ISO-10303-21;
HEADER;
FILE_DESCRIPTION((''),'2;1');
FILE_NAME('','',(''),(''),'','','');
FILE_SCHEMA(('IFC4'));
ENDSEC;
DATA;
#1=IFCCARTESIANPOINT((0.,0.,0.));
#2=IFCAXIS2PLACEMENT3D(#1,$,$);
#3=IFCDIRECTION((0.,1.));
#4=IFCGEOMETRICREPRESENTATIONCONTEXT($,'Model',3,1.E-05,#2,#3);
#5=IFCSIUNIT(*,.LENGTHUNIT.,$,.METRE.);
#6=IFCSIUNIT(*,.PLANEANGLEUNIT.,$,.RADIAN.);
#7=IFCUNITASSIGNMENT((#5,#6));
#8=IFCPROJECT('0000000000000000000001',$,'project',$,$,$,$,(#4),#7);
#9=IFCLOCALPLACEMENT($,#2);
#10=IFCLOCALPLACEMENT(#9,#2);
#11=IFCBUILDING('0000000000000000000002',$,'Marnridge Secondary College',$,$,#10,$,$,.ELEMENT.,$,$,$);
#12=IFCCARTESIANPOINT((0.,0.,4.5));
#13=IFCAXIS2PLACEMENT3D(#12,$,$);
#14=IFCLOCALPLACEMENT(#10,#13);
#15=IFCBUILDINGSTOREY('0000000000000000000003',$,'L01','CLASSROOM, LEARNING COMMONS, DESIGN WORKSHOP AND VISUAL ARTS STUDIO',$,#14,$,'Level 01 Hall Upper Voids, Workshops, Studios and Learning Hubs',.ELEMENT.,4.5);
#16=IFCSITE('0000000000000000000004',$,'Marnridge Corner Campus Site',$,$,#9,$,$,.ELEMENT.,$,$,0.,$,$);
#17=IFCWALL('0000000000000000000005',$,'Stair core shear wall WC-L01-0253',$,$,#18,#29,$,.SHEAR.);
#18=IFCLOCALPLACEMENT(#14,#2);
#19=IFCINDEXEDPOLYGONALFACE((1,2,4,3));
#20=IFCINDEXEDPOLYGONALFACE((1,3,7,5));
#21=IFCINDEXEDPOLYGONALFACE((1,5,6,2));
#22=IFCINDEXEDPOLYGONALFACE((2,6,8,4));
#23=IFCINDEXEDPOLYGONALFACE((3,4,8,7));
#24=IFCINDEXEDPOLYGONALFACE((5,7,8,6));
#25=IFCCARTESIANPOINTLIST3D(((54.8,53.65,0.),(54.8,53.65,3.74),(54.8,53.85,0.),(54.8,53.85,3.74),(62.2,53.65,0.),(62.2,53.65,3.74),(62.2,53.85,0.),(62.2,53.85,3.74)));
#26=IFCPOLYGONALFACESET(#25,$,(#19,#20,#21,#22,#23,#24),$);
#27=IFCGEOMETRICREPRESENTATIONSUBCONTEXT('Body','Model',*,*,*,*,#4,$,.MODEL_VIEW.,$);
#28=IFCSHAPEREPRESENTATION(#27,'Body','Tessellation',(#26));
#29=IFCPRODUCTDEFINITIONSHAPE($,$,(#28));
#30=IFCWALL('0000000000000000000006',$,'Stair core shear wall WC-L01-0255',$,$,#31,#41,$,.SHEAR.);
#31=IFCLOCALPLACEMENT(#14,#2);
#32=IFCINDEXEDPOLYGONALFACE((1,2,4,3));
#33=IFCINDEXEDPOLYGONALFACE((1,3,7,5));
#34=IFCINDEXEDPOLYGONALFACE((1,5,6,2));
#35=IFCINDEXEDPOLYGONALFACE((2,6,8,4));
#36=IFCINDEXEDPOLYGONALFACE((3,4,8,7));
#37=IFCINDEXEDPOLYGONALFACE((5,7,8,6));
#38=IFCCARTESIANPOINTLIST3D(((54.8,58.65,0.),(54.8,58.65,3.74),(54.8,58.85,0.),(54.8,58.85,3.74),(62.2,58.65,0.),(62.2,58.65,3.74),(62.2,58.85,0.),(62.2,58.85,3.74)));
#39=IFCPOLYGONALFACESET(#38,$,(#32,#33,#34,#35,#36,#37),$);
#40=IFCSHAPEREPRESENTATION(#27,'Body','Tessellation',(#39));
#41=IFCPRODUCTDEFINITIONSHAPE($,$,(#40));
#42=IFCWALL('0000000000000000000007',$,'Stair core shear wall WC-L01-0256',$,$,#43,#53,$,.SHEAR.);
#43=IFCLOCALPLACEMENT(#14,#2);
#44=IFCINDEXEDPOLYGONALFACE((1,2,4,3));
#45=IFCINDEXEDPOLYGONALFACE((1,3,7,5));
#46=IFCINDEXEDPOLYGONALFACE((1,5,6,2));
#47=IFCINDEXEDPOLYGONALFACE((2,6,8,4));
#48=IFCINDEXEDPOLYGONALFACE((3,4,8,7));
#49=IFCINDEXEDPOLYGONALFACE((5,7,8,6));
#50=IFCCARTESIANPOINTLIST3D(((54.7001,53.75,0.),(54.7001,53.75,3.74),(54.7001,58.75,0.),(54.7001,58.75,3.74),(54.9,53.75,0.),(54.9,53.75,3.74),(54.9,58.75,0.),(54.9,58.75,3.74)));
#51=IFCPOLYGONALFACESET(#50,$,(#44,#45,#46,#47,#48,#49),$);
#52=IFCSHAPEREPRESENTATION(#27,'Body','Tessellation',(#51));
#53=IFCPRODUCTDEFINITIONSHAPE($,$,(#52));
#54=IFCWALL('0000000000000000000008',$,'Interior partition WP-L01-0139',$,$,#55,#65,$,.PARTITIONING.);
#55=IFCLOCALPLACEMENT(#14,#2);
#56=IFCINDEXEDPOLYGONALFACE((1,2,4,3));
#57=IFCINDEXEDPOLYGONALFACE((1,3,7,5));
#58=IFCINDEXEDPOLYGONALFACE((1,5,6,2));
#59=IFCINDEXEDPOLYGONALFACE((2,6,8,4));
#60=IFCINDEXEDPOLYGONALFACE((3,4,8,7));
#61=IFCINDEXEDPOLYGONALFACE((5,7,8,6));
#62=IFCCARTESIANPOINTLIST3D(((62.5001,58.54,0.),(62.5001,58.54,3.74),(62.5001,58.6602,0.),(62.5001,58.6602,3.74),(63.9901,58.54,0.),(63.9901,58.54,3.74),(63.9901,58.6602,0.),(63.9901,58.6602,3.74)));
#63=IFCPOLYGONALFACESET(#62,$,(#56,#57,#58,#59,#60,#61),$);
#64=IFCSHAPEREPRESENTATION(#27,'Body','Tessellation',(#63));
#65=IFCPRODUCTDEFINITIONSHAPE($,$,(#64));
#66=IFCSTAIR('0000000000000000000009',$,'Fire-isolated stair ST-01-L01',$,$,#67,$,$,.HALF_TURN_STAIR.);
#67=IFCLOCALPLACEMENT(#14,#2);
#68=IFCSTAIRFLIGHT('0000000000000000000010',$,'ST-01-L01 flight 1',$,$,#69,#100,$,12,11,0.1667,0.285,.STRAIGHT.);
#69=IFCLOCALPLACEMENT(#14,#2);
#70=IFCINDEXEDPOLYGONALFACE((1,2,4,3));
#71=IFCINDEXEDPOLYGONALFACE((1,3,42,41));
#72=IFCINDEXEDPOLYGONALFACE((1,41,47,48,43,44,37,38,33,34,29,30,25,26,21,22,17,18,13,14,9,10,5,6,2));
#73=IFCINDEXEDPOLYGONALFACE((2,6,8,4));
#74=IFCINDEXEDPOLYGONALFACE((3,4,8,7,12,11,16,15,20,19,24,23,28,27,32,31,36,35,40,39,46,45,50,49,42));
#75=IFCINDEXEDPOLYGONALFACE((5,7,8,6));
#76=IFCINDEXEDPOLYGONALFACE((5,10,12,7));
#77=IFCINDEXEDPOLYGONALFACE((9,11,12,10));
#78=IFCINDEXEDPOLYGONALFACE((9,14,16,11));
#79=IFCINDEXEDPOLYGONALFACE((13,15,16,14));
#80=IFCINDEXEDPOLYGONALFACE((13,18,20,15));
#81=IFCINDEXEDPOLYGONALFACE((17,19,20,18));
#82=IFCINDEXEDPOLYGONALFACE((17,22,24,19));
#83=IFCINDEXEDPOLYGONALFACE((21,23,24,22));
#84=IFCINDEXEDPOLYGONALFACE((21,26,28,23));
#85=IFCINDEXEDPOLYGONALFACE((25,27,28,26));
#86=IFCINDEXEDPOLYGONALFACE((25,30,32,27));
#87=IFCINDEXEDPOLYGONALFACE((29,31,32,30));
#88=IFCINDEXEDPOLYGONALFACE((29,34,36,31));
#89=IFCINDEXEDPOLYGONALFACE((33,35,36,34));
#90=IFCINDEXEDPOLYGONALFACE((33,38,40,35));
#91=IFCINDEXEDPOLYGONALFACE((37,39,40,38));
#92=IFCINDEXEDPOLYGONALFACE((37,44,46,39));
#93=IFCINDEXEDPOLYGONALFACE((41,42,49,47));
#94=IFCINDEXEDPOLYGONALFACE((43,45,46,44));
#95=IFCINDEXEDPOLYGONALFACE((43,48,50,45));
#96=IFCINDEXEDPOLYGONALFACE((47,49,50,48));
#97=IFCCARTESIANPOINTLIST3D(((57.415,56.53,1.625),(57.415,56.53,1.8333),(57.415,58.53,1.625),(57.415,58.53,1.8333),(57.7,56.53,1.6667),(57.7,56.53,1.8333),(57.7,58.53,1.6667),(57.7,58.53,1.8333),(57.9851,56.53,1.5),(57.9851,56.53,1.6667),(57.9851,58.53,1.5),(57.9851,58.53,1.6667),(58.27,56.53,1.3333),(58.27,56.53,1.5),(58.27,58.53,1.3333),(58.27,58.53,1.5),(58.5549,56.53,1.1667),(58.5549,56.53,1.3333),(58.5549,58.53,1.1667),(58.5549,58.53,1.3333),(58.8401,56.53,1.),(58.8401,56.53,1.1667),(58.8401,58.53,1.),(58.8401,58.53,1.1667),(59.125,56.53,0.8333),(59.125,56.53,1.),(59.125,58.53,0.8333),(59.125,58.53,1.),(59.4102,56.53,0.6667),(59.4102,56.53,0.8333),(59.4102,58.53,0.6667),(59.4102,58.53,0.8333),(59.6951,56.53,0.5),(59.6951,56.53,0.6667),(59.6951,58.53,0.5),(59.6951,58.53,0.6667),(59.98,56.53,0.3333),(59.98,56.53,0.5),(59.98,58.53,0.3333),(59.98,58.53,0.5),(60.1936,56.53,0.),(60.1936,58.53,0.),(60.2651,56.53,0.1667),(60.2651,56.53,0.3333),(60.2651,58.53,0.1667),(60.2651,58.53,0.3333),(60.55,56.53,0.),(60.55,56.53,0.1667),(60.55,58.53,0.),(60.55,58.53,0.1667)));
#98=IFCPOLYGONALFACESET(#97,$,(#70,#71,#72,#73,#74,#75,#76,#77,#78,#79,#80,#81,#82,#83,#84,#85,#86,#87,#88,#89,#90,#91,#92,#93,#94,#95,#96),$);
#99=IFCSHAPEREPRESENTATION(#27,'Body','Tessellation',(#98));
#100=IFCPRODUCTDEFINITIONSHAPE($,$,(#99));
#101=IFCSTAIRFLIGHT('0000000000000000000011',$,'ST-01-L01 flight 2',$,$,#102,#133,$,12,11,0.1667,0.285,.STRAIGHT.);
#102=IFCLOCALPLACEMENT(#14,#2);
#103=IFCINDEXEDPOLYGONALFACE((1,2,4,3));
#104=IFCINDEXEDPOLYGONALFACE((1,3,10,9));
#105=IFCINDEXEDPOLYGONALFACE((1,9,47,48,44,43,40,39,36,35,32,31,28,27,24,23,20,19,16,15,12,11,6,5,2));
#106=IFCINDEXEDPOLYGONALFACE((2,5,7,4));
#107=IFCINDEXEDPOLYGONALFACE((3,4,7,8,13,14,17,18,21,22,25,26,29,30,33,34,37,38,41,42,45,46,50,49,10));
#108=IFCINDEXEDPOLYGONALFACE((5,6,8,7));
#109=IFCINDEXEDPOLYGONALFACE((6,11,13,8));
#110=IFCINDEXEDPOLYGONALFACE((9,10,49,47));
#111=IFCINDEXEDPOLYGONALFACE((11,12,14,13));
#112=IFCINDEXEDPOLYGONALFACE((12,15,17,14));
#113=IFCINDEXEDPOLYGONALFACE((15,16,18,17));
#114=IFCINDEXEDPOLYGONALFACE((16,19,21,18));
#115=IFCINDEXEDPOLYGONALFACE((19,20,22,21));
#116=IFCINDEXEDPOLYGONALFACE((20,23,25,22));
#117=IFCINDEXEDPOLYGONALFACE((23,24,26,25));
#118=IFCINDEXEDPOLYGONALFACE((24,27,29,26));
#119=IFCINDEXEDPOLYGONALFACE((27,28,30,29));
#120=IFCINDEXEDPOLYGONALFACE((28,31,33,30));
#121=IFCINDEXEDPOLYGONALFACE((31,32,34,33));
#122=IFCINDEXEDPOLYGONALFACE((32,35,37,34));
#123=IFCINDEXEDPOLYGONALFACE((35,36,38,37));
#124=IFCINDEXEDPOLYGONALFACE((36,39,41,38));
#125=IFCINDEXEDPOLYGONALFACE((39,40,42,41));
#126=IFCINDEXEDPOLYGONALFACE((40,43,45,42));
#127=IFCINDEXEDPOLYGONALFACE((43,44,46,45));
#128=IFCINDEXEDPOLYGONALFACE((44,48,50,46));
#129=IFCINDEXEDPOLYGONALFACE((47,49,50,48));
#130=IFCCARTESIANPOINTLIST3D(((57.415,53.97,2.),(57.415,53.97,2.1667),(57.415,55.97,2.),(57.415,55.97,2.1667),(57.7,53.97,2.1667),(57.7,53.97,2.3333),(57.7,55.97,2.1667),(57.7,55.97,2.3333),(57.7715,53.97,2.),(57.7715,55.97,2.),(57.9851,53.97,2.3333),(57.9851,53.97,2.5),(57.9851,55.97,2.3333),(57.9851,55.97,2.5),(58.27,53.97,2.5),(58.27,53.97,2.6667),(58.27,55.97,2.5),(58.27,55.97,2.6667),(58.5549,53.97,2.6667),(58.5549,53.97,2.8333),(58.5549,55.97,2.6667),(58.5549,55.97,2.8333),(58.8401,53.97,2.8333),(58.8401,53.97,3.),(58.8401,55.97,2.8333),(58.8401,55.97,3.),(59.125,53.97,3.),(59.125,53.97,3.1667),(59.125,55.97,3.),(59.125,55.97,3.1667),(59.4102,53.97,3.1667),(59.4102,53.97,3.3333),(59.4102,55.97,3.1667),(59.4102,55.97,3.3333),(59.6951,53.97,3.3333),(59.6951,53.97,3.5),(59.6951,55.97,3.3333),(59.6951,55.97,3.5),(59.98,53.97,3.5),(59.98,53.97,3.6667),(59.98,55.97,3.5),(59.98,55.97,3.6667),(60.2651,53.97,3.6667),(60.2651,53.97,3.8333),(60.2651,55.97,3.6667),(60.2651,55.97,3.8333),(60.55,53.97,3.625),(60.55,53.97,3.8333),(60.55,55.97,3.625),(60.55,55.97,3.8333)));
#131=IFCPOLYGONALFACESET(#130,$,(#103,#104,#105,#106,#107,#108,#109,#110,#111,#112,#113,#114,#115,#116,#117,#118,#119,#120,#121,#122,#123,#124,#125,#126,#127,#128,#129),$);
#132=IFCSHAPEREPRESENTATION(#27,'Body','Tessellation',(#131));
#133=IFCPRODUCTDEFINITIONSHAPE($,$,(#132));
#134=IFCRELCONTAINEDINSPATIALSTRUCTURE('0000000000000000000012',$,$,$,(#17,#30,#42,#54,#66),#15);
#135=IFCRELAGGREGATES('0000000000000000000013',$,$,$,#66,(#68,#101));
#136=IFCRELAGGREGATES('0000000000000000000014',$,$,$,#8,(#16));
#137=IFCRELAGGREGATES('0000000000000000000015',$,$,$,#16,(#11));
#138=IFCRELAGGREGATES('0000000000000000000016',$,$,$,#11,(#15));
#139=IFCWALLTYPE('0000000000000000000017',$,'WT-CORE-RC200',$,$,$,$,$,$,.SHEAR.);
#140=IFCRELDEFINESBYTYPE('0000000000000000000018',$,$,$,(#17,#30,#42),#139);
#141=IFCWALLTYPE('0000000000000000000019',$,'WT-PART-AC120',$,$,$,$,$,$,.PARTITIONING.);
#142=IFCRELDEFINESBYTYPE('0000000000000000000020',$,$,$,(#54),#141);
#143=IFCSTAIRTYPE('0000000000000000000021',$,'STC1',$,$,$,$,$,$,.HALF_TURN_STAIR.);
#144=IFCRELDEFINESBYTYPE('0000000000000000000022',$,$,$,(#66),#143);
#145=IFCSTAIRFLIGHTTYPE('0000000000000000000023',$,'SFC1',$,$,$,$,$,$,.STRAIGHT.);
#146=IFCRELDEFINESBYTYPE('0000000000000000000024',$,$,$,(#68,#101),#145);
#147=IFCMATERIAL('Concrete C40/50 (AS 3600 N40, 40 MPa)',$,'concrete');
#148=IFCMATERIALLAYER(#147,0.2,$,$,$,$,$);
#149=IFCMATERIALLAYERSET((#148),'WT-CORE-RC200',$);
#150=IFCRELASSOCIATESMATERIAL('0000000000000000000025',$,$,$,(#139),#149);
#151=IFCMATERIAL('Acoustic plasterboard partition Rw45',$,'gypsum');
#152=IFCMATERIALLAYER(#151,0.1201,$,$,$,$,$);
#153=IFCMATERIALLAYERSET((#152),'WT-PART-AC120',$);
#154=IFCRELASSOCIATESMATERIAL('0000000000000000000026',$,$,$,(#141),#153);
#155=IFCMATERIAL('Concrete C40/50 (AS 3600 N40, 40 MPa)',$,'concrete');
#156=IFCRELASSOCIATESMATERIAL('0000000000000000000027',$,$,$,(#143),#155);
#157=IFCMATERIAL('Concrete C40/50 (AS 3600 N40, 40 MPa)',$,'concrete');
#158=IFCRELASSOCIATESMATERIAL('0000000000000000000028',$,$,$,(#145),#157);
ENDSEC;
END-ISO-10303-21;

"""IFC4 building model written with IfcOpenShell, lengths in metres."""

from ifc_helpers import new_model, si_unit, direction, frame, frame_2d, origin, place, context, subcontext, project, spatial, polyline, rectangle, outline, extrude, material, layer, layer_set, type_object, element, aggregate, save


model = new_model("IFC4")

# Units and contexts
model_context = context("Model", 3, precision=1e-05, world=origin(), true_north=direction((0.0, 1.0)))
body_context = subcontext(model_context, "Body", "Model", "MODEL_VIEW")
ifc_project = project(units=[si_unit("LENGTHUNIT", "METRE"), si_unit("PLANEANGLEUNIT", "RADIAN")], contexts=[model_context])

# Site, building, storey
site_placement = place(None, origin())
site = spatial("IfcSite", under=ifc_project, at=site_placement, Name="Marnridge Corner Campus Site", CompositionType="ELEMENT", RefElevation=0.0)
building_placement = place(site_placement, origin())
building = spatial("IfcBuilding", under=site, at=building_placement, Name="Marnridge Secondary College", CompositionType="ELEMENT")
storey_placement = place(building_placement, frame((0.0, 0.0, 4.5)))
storey = spatial("IfcBuildingStorey", under=building, at=storey_placement, Name="L01", Description="CLASSROOM, LEARNING COMMONS, DESIGN WORKSHOP AND VISUAL ARTS STUDIO", LongName="Level 01 Hall Upper Voids, Workshops, Studios and Learning Hubs", CompositionType="ELEMENT", Elevation=4.5)

# Wall
ifc_material_1 = material(Name="Concrete C40/50 (AS 3600 N40, 40 MPa)", Category="concrete")
ifc_layer_1 = layer(ifc_material_1, 0.2)
ifc_layer_set_1 = layer_set([ifc_layer_1], Name="WT-CORE-RC200")
wall_type_1 = type_object("IfcWallType", Name="WT-CORE-RC200", PredefinedType="SHEAR", material=ifc_layer_set_1)
wall_1_placement = place(storey_placement, frame((54.8, 53.75, 0.0), z_axis=(0.0, 0.0, 1.0), x_axis=(1.0, 0.0, 0.0)))
element("IfcWall", 1, at=wall_1_placement, inside=storey, type_object=wall_type_1, Name="Stair core shear wall WC-L01-0253", PredefinedType="SHEAR", context=body_context, shape_type="SweptSolid", body=[
    extrude(rectangle(XDim=7.3999, YDim=0.2, at=frame_2d((3.7, 0.0))), origin(), (0.0, 0.0, 1.0), 3.74),
])

# Walls
wall_2_placement = place(storey_placement, frame((62.2, 58.75, 0.0), z_axis=(0.0, 0.0, 1.0), x_axis=(-1.0, 0.0, 0.0)))
element("IfcWall", 2, at=wall_2_placement, inside=storey, type_object=wall_type_1, Name="Stair core shear wall WC-L01-0255", PredefinedType="SHEAR", context=body_context, shape_type="SweptSolid", body=[
    extrude(rectangle(XDim=7.3999, YDim=0.2, at=frame_2d((3.7, 0.0))), origin(), (0.0, 0.0, 1.0), 3.74),
])
wall_3_placement = place(storey_placement, frame((54.8, 58.75, 0.0), z_axis=(0.0, 0.0, 1.0), x_axis=(0.0, -1.0, 0.0)))
element("IfcWall", 3, at=wall_3_placement, inside=storey, type_object=wall_type_1, Name="Stair core shear wall WC-L01-0256", PredefinedType="SHEAR", context=body_context, shape_type="SweptSolid", body=[
    extrude(rectangle(XDim=5.0, YDim=0.2, at=frame_2d((2.5, 0.0))), origin(), (0.0, 0.0, 1.0), 3.74),
])
ifc_material_2 = material(Name="Acoustic plasterboard partition Rw45", Category="gypsum")
ifc_layer_2 = layer(ifc_material_2, 0.1201)
ifc_layer_set_2 = layer_set([ifc_layer_2], Name="WT-PART-AC120")
wall_type_2 = type_object("IfcWallType", Name="WT-PART-AC120", PredefinedType="PARTITIONING", material=ifc_layer_set_2)
wall_4_placement = place(storey_placement, frame((62.5, 58.6001, 0.0), z_axis=(0.0, 0.0, 1.0), x_axis=(1.0, 0.0, 0.0)))
element("IfcWall", 4, at=wall_4_placement, inside=storey, type_object=wall_type_2, Name="Interior partition WP-L01-0139", PredefinedType="PARTITIONING", context=body_context, shape_type="SweptSolid", body=[
    extrude(rectangle(XDim=1.49, YDim=0.1201, at=frame_2d((0.7451, 0.0))), origin(), (0.0, 0.0, 1.0), 3.74),
])

# Stair, stair flights
ifc_material_3 = material(Name="Concrete C40/50 (AS 3600 N40, 40 MPa)", Category="concrete")
stair_type = type_object("IfcStairType", Name="STC1", PredefinedType="HALF_TURN_STAIR", material=ifc_material_3)
stair_placement = place(storey_placement, origin())
stair = element("IfcStair", 5, at=stair_placement, inside=storey, type_object=stair_type, Name="Fire-isolated stair ST-01-L01", PredefinedType="HALF_TURN_STAIR")
ifc_material_4 = material(Name="Concrete C40/50 (AS 3600 N40, 40 MPa)", Category="concrete")
stair_flight_type = type_object("IfcStairFlightType", Name="SFC1", PredefinedType="STRAIGHT", material=ifc_material_4)
stair_flight_1_placement = place(storey_placement, frame((60.55, 57.53, 0.0), z_axis=(0.0, 0.0, 1.0), x_axis=(-1.0, 0.0, 0.0)))
stair_flight_1 = element("IfcStairFlight", 6, at=stair_flight_1_placement, type_object=stair_flight_type, Name="ST-01-L01 flight 1", NumberOfRisers=12, NumberOfTreads=11, PredefinedType="STRAIGHT", RiserHeight=0.1667, TreadLength=0.285, context=body_context, shape_type="SweptSolid", body=[
    extrude(outline(polyline([(0.0, 0.0), (0.0, 0.1667), (0.2849, 0.1667), (0.2849, 0.3333), (0.5701, 0.3333), (0.5701, 0.5), (0.855, 0.5), (0.855, 0.6667), (1.1399, 0.6667), (1.1399, 0.8333), (1.425, 0.8333), (1.425, 1.0), (1.71, 1.0), (1.71, 1.1667), (1.9951, 1.1667), (1.9951, 1.3333), (2.28, 1.3333), (2.28, 1.5), (2.5649, 1.5), (2.5649, 1.6667), (2.8501, 1.6667), (2.8501, 1.8333), (3.135, 1.8333), (3.135, 2.0), (3.135, 1.625), (0.3564, 0.0), (0.0, 0.0)])), frame((0.0, 1.0, 0.0), z_axis=(0.0, -1.0, 0.0), x_axis=(1.0, 0.0, 0.0)), (0.0, 0.0, 1.0), 2.0),
])
stair_flight_2_placement = place(storey_placement, frame((57.415, 54.97, 2.0), z_axis=(0.0, 0.0, 1.0), x_axis=(1.0, 0.0, 0.0)))
stair_flight_2 = element("IfcStairFlight", 7, at=stair_flight_2_placement, type_object=stair_flight_type, Name="ST-01-L01 flight 2", NumberOfRisers=12, NumberOfTreads=11, PredefinedType="STRAIGHT", RiserHeight=0.1667, TreadLength=0.285, context=body_context, shape_type="SweptSolid", body=[
    extrude(outline(polyline([(0.0, 0.0), (0.0, 0.1667), (0.2849, 0.1667), (0.2849, 0.3333), (0.5701, 0.3333), (0.5701, 0.5), (0.855, 0.5), (0.855, 0.6667), (1.1399, 0.6667), (1.1399, 0.8333), (1.425, 0.8333), (1.425, 1.0), (1.71, 1.0), (1.71, 1.1667), (1.9951, 1.1667), (1.9951, 1.3333), (2.28, 1.3333), (2.28, 1.5), (2.5649, 1.5), (2.5649, 1.6667), (2.8501, 1.6667), (2.8501, 1.8333), (3.135, 1.8333), (3.135, 2.0), (3.135, 1.625), (0.3564, 0.0), (0.0, 0.0)])), frame((0.0, 1.0, 0.0), z_axis=(0.0, -1.0, 0.0), x_axis=(1.0, 0.0, 0.0)), (0.0, 0.0, 1.0), 2.0),
])
aggregate(stair, [stair_flight_1, stair_flight_2])

save(model, "model.ifc")
